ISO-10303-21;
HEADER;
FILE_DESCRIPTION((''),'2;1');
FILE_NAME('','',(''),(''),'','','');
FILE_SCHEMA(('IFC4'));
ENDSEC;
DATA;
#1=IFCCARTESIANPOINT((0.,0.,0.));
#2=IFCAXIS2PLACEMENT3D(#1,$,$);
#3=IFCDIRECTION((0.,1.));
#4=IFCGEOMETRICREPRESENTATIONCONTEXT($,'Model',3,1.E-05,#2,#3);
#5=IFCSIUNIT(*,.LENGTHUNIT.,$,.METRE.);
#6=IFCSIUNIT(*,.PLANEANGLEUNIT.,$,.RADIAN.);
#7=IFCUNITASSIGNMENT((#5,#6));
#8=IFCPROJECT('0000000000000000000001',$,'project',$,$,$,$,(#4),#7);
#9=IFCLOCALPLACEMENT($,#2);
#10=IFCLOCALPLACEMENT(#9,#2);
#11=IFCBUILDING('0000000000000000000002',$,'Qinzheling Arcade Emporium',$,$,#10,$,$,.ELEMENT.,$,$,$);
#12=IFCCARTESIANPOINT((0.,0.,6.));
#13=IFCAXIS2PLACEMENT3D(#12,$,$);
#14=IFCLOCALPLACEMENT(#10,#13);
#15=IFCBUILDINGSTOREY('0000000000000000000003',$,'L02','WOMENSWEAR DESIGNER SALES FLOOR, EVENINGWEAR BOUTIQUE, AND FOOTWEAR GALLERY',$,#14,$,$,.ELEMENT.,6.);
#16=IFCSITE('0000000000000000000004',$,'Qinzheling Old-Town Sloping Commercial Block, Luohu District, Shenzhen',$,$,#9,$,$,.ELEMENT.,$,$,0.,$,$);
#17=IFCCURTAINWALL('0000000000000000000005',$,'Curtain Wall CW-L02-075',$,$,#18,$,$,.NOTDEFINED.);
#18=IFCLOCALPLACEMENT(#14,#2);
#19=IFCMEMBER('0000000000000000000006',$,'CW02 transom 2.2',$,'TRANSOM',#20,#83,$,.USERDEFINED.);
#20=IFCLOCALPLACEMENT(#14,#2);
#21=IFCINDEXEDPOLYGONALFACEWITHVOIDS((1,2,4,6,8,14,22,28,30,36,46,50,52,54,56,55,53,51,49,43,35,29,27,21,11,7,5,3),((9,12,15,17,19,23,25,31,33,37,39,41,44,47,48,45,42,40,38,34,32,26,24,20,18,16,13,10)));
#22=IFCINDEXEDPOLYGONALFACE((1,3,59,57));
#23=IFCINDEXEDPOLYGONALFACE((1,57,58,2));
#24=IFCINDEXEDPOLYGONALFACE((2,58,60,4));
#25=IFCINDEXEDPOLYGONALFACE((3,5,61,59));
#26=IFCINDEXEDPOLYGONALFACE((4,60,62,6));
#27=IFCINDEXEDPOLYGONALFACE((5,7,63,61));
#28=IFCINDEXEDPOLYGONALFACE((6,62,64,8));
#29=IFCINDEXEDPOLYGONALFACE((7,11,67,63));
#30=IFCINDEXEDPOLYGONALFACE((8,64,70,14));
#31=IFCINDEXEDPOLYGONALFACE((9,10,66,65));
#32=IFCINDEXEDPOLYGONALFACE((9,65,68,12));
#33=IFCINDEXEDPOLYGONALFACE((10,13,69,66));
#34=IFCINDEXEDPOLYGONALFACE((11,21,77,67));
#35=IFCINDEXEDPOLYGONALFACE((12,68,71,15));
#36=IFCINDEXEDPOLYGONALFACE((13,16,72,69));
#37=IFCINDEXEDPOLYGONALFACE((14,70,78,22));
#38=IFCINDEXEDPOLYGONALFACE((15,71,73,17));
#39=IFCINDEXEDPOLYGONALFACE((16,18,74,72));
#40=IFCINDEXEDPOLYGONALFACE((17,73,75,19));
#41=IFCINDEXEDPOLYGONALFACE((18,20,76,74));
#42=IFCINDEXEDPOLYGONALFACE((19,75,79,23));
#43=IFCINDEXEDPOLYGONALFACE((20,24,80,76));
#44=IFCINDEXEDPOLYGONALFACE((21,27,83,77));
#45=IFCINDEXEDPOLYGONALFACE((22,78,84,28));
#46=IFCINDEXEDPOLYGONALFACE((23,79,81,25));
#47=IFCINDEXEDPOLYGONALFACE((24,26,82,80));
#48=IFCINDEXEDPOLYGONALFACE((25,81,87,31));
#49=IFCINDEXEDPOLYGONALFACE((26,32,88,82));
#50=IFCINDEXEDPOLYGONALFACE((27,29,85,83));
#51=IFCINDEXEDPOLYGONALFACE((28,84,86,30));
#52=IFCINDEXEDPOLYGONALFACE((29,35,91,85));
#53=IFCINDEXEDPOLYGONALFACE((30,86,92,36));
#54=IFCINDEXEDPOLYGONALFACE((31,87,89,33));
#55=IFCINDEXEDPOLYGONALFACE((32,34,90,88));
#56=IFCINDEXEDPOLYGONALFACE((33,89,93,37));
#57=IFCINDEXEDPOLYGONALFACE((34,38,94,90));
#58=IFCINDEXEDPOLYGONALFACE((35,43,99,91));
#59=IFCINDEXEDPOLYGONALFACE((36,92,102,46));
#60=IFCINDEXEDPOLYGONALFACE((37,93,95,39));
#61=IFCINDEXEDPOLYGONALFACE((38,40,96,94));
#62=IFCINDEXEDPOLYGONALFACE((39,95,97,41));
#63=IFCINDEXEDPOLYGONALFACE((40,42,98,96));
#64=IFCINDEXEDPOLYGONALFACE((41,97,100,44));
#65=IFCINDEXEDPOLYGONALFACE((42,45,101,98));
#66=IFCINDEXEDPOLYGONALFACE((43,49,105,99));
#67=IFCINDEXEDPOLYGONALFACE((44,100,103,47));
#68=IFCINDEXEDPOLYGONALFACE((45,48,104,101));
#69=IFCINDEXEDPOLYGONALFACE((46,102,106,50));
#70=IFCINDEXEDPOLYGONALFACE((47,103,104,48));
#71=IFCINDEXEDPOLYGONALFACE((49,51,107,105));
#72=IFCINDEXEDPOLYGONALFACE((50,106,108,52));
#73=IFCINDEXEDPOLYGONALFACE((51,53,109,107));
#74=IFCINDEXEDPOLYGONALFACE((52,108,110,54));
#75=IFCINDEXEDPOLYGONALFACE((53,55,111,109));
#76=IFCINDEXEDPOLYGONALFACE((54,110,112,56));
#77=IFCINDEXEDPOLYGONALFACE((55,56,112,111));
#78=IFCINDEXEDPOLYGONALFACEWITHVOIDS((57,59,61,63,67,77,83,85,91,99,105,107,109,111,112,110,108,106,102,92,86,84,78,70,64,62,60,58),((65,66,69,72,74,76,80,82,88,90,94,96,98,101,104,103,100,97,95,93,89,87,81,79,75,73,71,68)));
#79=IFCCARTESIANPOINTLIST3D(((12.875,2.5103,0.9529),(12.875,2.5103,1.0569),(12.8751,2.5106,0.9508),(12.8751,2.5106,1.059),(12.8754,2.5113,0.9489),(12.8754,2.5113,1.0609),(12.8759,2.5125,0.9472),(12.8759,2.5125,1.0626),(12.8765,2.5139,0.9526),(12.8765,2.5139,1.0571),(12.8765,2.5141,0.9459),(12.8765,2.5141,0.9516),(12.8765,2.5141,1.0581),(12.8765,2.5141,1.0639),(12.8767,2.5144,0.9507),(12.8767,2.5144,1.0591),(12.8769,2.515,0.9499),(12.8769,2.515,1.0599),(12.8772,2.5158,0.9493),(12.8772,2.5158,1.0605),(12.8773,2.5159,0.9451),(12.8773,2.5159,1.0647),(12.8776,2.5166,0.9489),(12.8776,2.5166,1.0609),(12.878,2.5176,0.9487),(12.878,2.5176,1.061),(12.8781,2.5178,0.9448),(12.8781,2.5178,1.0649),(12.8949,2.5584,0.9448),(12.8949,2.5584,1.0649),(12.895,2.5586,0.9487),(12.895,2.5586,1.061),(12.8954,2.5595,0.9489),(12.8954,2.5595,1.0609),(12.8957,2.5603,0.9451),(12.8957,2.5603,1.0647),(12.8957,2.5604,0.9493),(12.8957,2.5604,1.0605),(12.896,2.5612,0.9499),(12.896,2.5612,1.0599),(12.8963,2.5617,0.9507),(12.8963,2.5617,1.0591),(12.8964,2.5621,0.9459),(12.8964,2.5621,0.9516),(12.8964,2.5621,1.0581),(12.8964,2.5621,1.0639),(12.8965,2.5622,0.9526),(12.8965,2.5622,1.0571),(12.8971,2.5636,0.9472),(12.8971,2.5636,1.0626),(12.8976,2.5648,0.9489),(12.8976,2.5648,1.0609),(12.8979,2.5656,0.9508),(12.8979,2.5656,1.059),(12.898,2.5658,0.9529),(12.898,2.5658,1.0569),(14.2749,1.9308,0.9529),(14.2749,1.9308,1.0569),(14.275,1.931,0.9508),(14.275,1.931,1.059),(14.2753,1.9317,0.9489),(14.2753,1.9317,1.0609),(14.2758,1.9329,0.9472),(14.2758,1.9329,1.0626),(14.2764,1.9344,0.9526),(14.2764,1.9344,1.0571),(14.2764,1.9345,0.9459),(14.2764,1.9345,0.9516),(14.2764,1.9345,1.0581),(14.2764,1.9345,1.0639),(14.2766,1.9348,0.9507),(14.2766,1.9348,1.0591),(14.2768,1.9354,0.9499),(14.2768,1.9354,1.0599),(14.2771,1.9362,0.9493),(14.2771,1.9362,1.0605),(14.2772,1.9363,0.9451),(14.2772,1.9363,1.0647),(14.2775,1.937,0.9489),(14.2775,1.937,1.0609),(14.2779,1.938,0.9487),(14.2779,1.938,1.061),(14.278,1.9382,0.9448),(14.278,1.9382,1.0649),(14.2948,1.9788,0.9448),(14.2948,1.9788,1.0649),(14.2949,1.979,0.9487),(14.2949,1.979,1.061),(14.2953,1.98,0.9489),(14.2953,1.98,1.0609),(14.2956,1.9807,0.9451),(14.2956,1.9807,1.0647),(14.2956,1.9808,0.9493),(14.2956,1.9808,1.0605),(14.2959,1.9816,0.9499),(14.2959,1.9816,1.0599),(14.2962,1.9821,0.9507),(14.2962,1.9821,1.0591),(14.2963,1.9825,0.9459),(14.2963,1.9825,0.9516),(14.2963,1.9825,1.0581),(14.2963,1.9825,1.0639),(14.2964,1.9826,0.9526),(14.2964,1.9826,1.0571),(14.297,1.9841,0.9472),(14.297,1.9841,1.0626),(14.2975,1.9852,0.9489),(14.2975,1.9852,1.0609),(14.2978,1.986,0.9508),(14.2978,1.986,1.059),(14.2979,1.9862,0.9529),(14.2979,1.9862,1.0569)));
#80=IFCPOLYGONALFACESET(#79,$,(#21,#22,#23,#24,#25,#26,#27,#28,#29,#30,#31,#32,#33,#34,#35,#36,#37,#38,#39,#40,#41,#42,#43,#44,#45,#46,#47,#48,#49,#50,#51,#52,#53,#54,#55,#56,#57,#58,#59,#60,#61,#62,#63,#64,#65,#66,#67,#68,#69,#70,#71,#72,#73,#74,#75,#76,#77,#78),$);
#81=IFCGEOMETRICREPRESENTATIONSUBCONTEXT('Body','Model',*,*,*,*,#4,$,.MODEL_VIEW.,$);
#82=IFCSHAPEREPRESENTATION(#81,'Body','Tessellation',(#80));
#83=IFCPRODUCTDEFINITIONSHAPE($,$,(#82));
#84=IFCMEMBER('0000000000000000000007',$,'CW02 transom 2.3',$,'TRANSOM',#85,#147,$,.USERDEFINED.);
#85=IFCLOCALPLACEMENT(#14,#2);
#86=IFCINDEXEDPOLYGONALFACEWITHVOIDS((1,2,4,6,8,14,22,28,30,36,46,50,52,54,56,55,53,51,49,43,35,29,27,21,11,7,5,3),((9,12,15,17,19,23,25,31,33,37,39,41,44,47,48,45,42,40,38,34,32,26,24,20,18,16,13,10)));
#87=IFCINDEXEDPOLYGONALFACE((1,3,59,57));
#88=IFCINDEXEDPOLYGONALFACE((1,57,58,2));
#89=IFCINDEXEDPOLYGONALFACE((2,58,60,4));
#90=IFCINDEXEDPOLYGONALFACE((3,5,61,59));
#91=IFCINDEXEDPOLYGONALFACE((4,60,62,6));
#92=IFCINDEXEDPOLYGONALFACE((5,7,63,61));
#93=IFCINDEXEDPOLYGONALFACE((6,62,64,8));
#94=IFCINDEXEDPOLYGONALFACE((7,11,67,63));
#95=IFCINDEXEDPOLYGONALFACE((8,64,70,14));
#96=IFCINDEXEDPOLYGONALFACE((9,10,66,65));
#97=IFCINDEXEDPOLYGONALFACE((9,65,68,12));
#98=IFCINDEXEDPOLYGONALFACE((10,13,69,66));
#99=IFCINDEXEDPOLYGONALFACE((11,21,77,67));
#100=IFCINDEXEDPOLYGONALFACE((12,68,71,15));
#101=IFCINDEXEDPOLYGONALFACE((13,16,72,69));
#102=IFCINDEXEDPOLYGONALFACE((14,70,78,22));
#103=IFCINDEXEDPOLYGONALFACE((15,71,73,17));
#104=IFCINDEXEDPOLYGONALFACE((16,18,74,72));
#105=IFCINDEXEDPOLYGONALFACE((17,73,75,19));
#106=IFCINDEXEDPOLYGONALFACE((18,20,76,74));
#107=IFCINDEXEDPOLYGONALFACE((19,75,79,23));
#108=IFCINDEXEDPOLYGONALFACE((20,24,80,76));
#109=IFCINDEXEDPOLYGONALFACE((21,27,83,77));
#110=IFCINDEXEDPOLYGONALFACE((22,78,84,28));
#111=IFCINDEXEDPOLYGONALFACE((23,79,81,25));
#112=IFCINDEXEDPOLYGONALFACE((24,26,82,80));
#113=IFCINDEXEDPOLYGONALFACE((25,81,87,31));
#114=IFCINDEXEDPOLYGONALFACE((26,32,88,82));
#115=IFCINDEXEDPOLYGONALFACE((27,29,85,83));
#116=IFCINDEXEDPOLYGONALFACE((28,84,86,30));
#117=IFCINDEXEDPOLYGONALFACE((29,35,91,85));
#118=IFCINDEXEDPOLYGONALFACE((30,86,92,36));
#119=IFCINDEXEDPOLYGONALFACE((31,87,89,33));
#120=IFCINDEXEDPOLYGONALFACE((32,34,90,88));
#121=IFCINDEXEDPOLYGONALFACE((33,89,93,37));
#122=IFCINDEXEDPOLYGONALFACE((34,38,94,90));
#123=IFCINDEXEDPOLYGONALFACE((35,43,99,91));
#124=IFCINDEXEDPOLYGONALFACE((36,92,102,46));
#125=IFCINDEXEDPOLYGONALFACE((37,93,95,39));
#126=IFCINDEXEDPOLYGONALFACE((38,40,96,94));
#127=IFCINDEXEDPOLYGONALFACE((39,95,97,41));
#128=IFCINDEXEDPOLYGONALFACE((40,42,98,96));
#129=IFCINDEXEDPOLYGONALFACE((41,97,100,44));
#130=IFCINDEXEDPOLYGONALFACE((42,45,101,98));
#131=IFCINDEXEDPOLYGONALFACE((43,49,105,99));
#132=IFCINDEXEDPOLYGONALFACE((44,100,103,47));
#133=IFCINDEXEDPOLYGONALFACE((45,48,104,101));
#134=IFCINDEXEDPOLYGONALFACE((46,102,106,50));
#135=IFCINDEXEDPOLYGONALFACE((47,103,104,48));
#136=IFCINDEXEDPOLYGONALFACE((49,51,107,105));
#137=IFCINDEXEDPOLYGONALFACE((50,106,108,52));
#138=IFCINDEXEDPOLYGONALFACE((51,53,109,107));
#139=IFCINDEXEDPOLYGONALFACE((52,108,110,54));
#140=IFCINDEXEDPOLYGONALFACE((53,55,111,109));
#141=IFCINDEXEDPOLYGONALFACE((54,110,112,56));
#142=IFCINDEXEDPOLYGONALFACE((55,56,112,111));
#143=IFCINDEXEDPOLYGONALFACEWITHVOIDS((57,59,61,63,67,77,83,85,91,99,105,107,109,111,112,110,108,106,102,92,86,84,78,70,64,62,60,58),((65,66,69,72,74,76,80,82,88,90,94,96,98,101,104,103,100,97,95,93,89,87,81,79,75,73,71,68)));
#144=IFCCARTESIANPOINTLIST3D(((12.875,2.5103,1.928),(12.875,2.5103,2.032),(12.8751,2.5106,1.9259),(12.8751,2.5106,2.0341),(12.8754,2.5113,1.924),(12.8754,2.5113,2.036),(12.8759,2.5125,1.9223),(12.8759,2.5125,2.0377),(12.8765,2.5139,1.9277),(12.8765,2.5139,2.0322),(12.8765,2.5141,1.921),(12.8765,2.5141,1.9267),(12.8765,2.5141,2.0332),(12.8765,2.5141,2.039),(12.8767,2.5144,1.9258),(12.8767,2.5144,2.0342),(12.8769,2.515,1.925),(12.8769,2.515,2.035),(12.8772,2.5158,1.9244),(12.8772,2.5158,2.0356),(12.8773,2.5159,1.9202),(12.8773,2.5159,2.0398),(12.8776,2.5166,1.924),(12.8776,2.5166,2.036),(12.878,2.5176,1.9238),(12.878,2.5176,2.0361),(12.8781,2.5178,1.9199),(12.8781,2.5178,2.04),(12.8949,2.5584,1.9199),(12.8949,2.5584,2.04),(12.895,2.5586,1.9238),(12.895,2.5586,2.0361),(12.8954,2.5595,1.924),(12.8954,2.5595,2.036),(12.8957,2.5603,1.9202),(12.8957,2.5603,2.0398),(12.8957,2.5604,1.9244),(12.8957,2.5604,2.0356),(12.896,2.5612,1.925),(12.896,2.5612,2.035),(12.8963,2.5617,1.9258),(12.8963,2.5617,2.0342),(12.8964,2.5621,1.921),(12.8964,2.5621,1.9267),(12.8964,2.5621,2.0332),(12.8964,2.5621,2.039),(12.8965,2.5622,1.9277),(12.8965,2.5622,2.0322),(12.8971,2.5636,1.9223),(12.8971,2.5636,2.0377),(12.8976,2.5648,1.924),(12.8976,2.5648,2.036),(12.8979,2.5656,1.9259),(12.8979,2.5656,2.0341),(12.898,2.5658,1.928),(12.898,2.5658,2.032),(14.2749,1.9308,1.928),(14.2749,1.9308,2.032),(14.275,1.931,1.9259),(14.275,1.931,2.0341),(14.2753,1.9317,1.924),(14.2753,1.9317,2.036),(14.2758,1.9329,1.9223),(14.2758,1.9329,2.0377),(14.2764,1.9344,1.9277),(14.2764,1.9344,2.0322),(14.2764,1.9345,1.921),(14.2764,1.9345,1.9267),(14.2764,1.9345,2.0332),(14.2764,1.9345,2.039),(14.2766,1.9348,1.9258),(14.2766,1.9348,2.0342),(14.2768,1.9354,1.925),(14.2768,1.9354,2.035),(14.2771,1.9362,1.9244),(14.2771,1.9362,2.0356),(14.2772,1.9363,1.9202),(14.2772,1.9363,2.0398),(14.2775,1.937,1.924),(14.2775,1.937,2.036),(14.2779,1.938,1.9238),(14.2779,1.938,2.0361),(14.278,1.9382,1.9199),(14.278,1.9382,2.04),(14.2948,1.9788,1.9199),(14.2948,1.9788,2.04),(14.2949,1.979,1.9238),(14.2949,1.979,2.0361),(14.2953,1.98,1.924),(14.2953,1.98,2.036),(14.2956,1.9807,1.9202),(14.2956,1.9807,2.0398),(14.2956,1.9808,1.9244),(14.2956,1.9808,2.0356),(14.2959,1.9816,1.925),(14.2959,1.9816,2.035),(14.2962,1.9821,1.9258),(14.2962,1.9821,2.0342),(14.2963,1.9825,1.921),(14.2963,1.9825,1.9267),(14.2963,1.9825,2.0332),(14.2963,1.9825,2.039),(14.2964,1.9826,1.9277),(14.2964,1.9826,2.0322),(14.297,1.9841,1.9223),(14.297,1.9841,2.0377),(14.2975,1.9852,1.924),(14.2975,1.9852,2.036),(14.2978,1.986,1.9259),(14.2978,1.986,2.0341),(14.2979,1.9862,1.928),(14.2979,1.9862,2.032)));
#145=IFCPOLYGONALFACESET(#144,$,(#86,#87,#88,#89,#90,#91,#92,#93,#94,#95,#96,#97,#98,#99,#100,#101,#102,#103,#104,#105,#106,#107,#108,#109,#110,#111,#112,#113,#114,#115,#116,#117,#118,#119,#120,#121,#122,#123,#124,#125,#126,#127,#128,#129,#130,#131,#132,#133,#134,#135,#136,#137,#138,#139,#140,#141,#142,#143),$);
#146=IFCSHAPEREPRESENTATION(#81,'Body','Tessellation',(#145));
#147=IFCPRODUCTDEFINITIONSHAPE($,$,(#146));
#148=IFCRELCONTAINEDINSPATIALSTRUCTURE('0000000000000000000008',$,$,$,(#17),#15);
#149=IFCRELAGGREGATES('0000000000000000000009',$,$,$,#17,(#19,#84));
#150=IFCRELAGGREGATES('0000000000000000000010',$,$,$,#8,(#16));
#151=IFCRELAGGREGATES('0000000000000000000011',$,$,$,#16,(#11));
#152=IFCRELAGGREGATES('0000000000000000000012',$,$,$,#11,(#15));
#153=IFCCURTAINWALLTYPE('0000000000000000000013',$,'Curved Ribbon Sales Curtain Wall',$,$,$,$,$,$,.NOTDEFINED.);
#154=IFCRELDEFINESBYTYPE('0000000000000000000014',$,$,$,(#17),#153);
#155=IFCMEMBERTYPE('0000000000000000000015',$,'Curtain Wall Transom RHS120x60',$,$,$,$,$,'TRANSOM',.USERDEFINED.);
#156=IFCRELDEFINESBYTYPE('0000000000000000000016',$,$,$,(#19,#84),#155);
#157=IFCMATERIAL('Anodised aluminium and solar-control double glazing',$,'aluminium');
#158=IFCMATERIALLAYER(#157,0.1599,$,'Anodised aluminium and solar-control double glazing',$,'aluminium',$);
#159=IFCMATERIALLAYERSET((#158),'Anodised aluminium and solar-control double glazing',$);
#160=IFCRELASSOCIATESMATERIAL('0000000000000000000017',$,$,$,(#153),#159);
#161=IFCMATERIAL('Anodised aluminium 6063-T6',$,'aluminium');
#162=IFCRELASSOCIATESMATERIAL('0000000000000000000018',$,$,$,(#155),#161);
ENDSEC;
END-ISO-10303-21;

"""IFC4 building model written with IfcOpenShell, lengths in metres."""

from ifc_helpers import new_model, si_unit, direction, frame, origin, origin_2d, place, context, subcontext, project, spatial, hollow_rectangle, extrude, material, layer, layer_set, material_profile, profile_set, type_object, element, aggregate, save


model = new_model("IFC4")

# Units and contexts
model_context = context("Model", 3, precision=1e-05, world=origin(), true_north=direction((0.0, 1.0)))
body_context = subcontext(model_context, "Body", "Model", "MODEL_VIEW")
ifc_project = project(units=[si_unit("LENGTHUNIT", "METRE"), si_unit("PLANEANGLEUNIT", "RADIAN")], contexts=[model_context])

# Site, building, storey
site_placement = place(None, origin())
site = spatial("IfcSite", under=ifc_project, at=site_placement, Name="Qinzheling Old-Town Sloping Commercial Block, Luohu District, Shenzhen", CompositionType="ELEMENT", RefElevation=0.0)
building_placement = place(site_placement, origin())
building = spatial("IfcBuilding", under=site, at=building_placement, Name="Qinzheling Arcade Emporium", CompositionType="ELEMENT")
storey_placement = place(building_placement, frame((0.0, 0.0, 6.0)))
storey = spatial("IfcBuildingStorey", under=building, at=storey_placement, Name="L02", Description="WOMENSWEAR DESIGNER SALES FLOOR, EVENINGWEAR BOUTIQUE, AND FOOTWEAR GALLERY", CompositionType="ELEMENT", Elevation=6.0)

# Curtain wall
ifc_material_1 = material(Name="Anodised aluminium and solar-control double glazing", Category="aluminium")
ifc_layer_1 = layer(ifc_material_1, 0.1599, Name="Anodised aluminium and solar-control double glazing", Category="aluminium")
ifc_layer_set_1 = layer_set([ifc_layer_1], Name="Anodised aluminium and solar-control double glazing")
curtain_wall_type = type_object("IfcCurtainWallType", Name="Curved Ribbon Sales Curtain Wall", PredefinedType="NOTDEFINED", material=ifc_layer_set_1)
curtain_wall_1_placement = place(storey_placement, origin())
curtain_wall_1 = element("IfcCurtainWall", 1, at=curtain_wall_1_placement, inside=storey, type_object=curtain_wall_type, Name="Curtain Wall CW-L02-075", PredefinedType="NOTDEFINED")
ifc_material_2 = material(Name="Anodised aluminium 6063-T6", Category="aluminium")

# Members
ifc_material_profile_1 = material_profile(ifc_material_2, hollow_rectangle(XDim=0.0601, YDim=0.1201, WallThickness=0.0039, InnerFilletRadius=0.0039, OuterFilletRadius=0.0081, at=origin_2d()), Name="RHS 120x60x4", Category="aluminium")
ifc_profile_set_1 = profile_set([ifc_material_profile_1], Name="Anodised aluminium 6063-T6")
member_type_1 = type_object("IfcMemberType", Name="Curtain Wall Transom RHS120x60", ElementType="TRANSOM", PredefinedType="USERDEFINED", material=ifc_profile_set_1)
member_1_placement = place(storey_placement, frame((14.2864, 1.9585, 1.0049), z_axis=(-0.923942, 0.382532, 0.0), x_axis=(-0.382532, -0.923942, 0.0)))
member_1 = element("IfcMember", 2, at=member_1_placement, type_object=member_type_1, Name="CW02 transom 2.2", ObjectType="TRANSOM", PredefinedType="USERDEFINED", context=body_context, shape_type="SweptSolid", body=[
    extrude(hollow_rectangle(XDim=0.0601, YDim=0.1201, WallThickness=0.0039, InnerFilletRadius=0.0039, OuterFilletRadius=0.0081, at=origin_2d()), origin(), (0.0, 0.0, 1.0), 1.5151),
])
member_2_placement = place(storey_placement, frame((14.2864, 1.9585, 1.98), z_axis=(-0.923942, 0.382532, 0.0), x_axis=(-0.382532, -0.923942, 0.0)))
member_2 = element("IfcMember", 3, at=member_2_placement, type_object=member_type_1, Name="CW02 transom 2.3", ObjectType="TRANSOM", PredefinedType="USERDEFINED", context=body_context, shape_type="SweptSolid", body=[
    extrude(hollow_rectangle(XDim=0.0601, YDim=0.1201, WallThickness=0.0039, InnerFilletRadius=0.0039, OuterFilletRadius=0.0081, at=origin_2d()), origin(), (0.0, 0.0, 1.0), 1.5151),
])

aggregate(curtain_wall_1, [member_1, member_2])

save(model, "model.ifc")
